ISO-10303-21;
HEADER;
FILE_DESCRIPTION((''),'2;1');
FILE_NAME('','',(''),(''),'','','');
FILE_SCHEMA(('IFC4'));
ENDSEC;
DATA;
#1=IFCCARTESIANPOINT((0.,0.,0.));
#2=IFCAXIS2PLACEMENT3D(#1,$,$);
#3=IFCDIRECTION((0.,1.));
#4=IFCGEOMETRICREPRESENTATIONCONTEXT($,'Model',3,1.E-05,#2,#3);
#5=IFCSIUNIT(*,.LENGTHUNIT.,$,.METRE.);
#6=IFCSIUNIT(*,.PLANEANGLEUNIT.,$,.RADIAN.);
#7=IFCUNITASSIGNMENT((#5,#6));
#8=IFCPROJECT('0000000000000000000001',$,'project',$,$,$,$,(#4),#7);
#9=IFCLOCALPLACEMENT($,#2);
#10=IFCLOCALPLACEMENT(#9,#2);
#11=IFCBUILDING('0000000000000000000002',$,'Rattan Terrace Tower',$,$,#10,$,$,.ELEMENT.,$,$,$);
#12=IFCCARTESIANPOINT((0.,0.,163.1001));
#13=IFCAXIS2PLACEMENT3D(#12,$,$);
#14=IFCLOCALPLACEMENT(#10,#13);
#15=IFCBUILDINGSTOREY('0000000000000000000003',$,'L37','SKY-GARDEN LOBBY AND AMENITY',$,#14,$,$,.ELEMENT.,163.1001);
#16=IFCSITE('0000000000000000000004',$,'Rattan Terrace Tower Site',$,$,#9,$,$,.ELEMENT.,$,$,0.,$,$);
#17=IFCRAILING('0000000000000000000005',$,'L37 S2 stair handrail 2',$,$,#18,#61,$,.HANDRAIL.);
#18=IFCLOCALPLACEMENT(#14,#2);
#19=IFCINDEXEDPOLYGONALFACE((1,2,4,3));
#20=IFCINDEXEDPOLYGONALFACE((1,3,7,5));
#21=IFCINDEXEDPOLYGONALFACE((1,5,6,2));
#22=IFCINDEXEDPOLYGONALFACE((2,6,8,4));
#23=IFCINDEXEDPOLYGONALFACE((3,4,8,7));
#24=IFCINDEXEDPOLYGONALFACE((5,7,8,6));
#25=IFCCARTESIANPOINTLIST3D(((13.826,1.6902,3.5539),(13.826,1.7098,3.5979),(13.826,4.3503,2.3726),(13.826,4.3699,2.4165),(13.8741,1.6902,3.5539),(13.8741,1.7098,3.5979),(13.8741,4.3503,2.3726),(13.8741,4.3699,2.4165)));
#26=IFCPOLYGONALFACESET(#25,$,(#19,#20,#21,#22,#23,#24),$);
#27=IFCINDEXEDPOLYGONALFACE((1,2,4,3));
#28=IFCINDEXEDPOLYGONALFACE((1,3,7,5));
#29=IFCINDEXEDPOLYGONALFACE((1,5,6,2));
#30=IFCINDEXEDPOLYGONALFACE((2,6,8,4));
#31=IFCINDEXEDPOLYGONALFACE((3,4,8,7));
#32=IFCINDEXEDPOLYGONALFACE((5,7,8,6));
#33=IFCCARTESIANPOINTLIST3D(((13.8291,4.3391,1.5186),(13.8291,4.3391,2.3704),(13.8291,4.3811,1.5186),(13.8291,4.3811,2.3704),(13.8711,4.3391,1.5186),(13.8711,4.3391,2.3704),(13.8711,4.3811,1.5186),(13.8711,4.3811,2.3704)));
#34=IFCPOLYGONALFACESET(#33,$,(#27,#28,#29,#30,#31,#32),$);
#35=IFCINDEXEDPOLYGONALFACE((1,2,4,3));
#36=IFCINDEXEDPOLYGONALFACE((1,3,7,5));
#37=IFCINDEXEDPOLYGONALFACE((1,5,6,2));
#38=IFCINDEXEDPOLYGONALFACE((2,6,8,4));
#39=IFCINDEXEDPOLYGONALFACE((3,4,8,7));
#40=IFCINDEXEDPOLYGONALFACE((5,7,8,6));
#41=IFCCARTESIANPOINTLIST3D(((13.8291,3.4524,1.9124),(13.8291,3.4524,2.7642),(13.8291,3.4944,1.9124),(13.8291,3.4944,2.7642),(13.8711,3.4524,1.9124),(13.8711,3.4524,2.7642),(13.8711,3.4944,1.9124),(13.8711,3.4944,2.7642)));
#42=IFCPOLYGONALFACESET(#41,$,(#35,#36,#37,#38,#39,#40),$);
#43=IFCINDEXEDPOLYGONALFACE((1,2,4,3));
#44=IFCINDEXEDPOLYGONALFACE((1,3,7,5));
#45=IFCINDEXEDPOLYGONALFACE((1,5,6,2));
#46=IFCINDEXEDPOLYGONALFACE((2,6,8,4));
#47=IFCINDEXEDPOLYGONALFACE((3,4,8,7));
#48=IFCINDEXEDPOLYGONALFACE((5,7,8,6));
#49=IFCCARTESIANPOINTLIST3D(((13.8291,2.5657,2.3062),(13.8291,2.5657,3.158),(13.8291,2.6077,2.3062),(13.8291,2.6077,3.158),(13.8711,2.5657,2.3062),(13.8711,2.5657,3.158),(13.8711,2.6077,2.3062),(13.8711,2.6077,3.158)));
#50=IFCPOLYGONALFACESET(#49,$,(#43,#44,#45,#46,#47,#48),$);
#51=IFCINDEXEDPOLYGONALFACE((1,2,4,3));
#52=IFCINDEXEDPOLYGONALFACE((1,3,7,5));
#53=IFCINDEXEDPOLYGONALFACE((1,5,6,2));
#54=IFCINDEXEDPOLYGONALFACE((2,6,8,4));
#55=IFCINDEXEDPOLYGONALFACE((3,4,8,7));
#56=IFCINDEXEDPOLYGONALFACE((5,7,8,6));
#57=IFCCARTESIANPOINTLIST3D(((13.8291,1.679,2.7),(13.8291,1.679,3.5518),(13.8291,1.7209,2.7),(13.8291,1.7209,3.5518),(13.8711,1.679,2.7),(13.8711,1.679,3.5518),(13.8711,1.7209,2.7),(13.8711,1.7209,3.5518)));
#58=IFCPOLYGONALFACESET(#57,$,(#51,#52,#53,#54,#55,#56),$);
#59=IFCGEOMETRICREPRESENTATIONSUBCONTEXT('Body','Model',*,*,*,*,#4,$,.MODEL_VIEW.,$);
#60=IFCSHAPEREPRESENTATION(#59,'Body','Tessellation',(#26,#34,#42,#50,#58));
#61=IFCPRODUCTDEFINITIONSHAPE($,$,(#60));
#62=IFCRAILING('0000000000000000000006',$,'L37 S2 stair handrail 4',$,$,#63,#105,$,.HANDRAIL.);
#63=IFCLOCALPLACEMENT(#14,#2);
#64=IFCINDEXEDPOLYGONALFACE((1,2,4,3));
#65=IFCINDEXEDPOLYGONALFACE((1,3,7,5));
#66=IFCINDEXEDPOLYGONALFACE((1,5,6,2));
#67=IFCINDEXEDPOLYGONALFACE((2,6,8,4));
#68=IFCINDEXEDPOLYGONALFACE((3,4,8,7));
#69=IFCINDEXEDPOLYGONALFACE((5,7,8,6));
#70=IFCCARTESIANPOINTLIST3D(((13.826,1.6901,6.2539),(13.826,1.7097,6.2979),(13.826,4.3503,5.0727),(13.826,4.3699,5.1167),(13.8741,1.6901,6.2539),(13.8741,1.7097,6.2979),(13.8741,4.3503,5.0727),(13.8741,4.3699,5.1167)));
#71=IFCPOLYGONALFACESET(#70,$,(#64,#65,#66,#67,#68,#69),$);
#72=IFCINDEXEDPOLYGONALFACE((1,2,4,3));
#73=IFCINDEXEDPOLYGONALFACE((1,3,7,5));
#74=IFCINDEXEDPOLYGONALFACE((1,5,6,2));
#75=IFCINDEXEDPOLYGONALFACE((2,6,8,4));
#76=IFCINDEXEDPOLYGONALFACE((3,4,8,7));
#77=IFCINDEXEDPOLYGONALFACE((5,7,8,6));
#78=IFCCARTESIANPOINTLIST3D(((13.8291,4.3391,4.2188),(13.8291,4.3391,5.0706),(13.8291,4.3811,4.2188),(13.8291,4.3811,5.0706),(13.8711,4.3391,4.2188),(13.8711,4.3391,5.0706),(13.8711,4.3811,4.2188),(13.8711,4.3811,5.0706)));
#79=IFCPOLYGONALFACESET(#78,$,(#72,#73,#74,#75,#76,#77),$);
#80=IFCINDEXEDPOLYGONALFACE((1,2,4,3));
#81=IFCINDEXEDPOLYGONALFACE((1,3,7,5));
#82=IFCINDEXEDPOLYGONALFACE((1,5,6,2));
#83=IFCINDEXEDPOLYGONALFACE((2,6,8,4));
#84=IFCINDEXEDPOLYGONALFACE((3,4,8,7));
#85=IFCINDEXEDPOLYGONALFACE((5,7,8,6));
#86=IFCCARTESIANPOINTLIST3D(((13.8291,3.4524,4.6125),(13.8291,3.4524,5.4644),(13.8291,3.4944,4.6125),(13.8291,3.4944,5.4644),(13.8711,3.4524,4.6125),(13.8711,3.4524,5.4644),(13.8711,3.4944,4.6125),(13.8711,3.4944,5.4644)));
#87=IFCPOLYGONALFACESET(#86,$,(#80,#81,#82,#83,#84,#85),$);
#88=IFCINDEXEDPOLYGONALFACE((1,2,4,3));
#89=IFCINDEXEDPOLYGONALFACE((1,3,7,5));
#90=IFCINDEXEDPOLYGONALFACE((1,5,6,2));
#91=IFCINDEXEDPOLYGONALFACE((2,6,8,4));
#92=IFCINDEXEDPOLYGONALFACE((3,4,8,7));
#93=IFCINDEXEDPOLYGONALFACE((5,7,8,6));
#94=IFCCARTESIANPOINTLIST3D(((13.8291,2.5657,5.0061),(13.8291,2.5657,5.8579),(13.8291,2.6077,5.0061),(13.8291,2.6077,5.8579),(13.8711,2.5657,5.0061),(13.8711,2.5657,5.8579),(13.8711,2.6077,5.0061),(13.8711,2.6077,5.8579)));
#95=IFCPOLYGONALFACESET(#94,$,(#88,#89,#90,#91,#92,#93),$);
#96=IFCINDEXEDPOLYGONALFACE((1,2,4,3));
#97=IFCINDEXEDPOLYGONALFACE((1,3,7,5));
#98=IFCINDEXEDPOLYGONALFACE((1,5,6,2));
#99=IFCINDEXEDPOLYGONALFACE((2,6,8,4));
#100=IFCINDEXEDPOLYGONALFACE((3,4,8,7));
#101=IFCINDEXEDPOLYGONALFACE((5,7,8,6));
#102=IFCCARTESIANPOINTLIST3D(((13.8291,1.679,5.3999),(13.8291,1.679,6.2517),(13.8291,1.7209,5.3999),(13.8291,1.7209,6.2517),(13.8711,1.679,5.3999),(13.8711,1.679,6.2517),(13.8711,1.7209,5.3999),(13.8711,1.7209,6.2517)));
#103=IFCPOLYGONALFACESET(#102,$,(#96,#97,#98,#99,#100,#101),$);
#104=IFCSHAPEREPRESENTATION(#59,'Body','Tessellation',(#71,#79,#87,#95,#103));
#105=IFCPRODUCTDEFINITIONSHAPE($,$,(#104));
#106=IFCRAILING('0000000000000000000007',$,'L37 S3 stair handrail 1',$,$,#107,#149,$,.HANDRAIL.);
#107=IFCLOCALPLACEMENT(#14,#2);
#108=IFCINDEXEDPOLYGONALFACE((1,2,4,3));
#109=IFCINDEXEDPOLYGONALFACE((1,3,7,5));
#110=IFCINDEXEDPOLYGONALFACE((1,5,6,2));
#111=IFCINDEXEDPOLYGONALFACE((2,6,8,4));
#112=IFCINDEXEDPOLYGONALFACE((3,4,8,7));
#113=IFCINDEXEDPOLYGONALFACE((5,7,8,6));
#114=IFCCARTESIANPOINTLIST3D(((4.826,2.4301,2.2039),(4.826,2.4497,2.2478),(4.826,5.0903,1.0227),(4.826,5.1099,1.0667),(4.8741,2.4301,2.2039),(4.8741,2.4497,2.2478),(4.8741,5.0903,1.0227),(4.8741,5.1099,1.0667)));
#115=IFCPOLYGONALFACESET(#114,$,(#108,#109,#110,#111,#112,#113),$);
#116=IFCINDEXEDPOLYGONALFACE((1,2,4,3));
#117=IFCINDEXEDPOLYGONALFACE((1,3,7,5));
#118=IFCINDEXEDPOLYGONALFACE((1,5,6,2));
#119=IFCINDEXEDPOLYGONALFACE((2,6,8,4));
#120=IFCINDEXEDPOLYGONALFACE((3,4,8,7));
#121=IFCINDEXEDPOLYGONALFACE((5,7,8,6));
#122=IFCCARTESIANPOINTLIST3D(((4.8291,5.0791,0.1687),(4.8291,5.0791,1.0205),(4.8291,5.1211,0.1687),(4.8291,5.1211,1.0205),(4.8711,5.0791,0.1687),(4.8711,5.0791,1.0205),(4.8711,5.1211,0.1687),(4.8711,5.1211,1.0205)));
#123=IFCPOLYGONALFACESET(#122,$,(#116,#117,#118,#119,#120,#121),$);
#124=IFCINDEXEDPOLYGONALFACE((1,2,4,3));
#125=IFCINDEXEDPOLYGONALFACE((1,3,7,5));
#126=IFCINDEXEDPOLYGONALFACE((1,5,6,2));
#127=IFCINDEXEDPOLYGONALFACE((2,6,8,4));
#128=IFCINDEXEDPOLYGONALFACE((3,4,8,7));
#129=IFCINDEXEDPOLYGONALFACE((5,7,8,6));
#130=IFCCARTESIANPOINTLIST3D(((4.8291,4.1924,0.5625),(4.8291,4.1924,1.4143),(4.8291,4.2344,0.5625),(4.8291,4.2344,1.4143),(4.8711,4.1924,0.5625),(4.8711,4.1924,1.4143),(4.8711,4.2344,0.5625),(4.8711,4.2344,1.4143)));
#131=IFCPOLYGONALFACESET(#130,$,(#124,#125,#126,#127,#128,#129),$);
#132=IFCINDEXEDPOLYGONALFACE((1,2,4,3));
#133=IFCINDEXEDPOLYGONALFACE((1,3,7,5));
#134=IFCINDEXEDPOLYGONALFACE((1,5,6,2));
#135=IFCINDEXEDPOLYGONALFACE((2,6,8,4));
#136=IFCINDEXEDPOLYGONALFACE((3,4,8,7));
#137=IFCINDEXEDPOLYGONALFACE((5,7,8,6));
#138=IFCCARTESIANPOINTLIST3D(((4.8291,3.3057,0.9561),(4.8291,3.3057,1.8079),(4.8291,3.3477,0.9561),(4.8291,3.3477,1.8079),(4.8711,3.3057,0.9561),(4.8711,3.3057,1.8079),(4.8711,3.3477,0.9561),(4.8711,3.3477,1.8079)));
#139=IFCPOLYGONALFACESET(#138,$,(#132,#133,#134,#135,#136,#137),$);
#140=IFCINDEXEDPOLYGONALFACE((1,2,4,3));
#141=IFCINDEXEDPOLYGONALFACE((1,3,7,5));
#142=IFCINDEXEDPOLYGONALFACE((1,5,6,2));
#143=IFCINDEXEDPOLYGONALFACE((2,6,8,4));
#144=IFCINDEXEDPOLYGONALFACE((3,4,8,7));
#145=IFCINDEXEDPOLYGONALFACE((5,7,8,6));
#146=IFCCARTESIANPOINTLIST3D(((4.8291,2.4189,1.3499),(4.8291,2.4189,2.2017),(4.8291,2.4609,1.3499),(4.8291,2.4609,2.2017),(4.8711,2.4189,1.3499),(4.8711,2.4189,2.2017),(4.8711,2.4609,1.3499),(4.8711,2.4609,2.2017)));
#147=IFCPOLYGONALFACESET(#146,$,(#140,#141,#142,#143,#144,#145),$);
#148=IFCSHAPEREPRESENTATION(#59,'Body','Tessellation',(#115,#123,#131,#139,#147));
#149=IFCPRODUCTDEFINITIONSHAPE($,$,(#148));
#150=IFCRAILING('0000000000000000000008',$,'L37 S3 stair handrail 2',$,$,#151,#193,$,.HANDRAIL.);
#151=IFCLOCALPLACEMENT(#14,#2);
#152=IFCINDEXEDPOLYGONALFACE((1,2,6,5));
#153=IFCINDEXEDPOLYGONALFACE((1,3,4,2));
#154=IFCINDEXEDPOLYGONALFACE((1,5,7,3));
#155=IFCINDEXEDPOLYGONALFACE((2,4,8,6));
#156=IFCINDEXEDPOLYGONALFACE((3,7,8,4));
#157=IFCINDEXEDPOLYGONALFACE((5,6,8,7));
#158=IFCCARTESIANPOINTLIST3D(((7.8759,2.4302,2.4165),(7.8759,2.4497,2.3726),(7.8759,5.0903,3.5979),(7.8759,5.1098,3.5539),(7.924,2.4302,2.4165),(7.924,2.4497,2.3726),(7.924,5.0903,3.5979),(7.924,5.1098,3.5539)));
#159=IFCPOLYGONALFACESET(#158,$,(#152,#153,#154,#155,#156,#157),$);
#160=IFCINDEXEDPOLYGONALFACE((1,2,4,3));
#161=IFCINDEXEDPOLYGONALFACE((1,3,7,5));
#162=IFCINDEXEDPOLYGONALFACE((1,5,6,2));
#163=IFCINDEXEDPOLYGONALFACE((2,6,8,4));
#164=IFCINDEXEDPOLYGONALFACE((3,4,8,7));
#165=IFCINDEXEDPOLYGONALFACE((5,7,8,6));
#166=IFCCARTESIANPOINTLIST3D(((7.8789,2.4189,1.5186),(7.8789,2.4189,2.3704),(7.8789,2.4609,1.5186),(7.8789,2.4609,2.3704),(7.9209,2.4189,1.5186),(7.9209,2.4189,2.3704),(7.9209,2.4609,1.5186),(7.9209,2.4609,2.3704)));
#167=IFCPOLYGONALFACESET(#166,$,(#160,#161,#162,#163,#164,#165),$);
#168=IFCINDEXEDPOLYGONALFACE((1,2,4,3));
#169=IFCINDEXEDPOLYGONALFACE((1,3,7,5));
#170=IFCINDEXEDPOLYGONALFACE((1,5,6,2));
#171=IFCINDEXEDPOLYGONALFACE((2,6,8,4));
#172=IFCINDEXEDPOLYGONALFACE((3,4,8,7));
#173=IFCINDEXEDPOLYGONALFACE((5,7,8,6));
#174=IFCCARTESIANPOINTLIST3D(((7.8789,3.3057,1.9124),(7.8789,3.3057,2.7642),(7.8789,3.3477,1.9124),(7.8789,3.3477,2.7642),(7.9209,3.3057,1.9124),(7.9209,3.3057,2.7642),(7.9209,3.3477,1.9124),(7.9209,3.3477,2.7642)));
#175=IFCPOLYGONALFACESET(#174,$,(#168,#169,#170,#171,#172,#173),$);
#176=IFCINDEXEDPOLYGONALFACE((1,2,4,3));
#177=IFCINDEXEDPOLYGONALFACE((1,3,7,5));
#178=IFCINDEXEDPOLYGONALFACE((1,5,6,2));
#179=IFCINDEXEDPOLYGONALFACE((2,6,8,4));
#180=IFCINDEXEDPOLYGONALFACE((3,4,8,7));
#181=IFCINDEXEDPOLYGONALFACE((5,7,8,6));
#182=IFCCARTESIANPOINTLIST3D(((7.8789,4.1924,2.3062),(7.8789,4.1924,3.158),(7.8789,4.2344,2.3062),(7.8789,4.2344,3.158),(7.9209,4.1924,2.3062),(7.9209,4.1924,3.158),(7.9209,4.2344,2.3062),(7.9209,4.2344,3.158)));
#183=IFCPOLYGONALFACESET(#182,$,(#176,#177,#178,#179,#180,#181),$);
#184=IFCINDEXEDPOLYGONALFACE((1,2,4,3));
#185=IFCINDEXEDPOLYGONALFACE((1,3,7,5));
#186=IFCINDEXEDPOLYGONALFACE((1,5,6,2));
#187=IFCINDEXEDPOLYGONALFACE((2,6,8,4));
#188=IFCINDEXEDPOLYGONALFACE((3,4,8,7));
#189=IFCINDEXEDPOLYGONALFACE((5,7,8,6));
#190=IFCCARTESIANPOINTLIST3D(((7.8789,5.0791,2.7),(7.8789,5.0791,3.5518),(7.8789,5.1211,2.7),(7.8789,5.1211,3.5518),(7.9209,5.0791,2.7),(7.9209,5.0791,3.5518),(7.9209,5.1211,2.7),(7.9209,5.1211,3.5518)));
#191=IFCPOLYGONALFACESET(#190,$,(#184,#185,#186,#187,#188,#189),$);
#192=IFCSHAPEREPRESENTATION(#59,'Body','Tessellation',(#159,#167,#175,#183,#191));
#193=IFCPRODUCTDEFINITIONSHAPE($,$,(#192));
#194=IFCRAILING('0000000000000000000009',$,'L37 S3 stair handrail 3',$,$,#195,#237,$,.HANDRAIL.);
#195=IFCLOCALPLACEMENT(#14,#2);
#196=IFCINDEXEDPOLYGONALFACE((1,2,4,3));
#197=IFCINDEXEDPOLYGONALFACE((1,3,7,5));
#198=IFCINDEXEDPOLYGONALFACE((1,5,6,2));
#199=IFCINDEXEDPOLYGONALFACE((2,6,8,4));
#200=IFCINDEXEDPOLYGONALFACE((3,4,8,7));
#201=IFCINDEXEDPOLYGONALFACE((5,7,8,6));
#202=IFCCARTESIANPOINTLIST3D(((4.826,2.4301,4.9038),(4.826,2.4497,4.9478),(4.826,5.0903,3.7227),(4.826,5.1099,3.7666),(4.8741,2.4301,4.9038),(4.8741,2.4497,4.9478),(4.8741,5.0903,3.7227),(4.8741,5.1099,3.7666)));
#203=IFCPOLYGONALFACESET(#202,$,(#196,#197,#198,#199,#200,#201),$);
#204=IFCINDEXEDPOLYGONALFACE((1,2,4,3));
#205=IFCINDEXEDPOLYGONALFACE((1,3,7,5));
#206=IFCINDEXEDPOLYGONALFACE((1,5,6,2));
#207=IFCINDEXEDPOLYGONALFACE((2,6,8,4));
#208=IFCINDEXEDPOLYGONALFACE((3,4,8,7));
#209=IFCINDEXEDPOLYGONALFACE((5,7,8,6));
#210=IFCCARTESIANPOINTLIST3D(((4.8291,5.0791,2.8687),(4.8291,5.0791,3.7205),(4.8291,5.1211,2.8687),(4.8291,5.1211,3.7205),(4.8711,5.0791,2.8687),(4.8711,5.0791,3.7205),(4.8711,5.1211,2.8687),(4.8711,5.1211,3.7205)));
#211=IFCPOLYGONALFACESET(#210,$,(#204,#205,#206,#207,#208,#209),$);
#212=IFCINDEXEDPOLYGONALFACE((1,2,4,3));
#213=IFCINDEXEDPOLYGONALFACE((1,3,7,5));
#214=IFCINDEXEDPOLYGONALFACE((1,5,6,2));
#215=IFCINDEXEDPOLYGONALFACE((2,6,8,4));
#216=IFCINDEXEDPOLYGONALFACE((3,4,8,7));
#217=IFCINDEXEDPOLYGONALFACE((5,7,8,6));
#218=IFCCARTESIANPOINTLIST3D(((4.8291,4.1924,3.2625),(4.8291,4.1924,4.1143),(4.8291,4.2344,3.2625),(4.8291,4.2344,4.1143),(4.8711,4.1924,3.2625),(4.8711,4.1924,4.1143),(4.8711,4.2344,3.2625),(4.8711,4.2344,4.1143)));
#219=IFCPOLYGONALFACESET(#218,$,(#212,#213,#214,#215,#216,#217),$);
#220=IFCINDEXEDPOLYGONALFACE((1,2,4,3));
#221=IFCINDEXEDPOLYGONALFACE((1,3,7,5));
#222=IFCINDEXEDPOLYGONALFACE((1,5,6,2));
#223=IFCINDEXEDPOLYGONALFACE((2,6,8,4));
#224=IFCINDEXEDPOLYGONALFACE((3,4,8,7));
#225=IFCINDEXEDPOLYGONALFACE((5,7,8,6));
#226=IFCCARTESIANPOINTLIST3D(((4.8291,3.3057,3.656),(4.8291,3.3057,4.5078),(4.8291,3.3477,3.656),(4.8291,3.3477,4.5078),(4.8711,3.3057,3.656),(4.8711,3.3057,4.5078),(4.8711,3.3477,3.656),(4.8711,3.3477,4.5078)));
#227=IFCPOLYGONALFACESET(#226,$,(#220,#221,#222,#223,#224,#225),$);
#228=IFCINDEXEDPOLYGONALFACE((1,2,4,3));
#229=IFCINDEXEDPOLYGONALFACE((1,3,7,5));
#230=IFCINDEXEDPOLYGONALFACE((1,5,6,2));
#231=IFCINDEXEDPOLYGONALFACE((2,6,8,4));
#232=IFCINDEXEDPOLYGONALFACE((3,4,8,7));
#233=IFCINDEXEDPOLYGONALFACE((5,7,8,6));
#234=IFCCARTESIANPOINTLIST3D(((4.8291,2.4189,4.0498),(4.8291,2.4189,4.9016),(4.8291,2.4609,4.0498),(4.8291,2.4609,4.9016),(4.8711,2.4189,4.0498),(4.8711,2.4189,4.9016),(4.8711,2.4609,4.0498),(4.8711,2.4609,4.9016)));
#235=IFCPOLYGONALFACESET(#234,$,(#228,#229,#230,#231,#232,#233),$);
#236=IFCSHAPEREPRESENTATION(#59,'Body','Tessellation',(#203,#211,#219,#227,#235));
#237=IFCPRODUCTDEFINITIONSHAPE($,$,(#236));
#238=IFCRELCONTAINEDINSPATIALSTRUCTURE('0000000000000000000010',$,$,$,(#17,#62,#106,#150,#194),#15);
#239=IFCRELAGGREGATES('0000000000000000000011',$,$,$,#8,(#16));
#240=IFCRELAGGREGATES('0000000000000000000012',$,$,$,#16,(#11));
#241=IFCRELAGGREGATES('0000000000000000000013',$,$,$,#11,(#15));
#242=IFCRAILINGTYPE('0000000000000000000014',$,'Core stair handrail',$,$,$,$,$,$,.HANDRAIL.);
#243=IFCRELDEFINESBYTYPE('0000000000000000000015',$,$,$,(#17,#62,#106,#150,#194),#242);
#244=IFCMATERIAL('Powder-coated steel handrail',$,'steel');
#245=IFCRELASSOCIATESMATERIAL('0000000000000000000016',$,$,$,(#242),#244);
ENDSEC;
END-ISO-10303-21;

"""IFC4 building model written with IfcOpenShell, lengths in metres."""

from ifc_helpers import new_model, si_unit, direction, frame, origin, origin_2d, place, context, subcontext, project, spatial, rectangle, extrude, material, type_object, element, save


model = new_model("IFC4")

# Units and contexts
model_context = context("Model", 3, precision=1e-05, world=origin(), true_north=direction((0.0, 1.0)))
body_context = subcontext(model_context, "Body", "Model", "MODEL_VIEW")
ifc_project = project(units=[si_unit("LENGTHUNIT", "METRE"), si_unit("PLANEANGLEUNIT", "RADIAN")], contexts=[model_context])

# Site, building, storey
site_placement = place(None, origin())
site = spatial("IfcSite", under=ifc_project, at=site_placement, Name="Rattan Terrace Tower Site", CompositionType="ELEMENT", RefElevation=0.0)
building_placement = place(site_placement, origin())
building = spatial("IfcBuilding", under=site, at=building_placement, Name="Rattan Terrace Tower", CompositionType="ELEMENT")
storey_placement = place(building_placement, frame((0.0, 0.0, 163.1001)))
storey = spatial("IfcBuildingStorey", under=building, at=storey_placement, Name="L37", Description="SKY-GARDEN LOBBY AND AMENITY", CompositionType="ELEMENT", Elevation=163.1001)

# Railings
ifc_material_1 = material(Name="Powder-coated steel handrail", Category="steel")
railing_type_1 = type_object("IfcRailingType", Name="Core stair handrail", PredefinedType="HANDRAIL", material=ifc_material_1)
railing_1_placement = place(storey_placement, frame((13.8501, 4.3601, 1.5186)))
element("IfcRailing", 1, at=railing_1_placement, inside=storey, type_object=railing_type_1, Name="L37 S2 stair handrail 2", PredefinedType="HANDRAIL", context=body_context, shape_type="SweptSolid", body=[
    extrude(rectangle(XDim=0.0481, YDim=0.0481, at=origin_2d()), frame((0.0, 0.0, 0.876), z_axis=(0.0, -0.913926, 0.405882), x_axis=(1.0, 0.0, 0.0)), (0.0, 0.0, 1.0), 2.9106),
    extrude(rectangle(XDim=0.042, YDim=0.042, at=origin_2d()), origin(), (0.0, 0.0, 1.0), 0.8518),
    extrude(rectangle(XDim=0.042, YDim=0.042, at=origin_2d()), frame((0.0, -0.8867, 0.3938)), (0.0, 0.0, 1.0), 0.8518),
    extrude(rectangle(XDim=0.042, YDim=0.042, at=origin_2d()), frame((0.0, -1.7734, 0.7876)), (0.0, 0.0, 1.0), 0.8518),
    extrude(rectangle(XDim=0.042, YDim=0.042, at=origin_2d()), frame((0.0, -2.6602, 1.1814)), (0.0, 0.0, 1.0), 0.8518),
])
for number, where, name in (
    (2, (13.8501, 4.3601, 4.2188), "L37 S2 stair handrail 4"),
    (3, (4.8501, 5.1001, 0.1687), "L37 S3 stair handrail 1"),
):
    element("IfcRailing", number, at=place(storey_placement, frame(where)), inside=storey, type_object=railing_type_1, Name=name, PredefinedType="HANDRAIL", context=body_context, shape_type="SweptSolid", body=[
        extrude(rectangle(XDim=0.0481, YDim=0.0481, at=origin_2d()), frame((0.0, 0.0, 0.876), z_axis=(0.0, -0.913957, 0.405812), x_axis=(1.0, 0.0, 0.0)), (0.0, 0.0, 1.0), 2.9106),
        extrude(rectangle(XDim=0.042, YDim=0.042, at=origin_2d()), origin(), (0.0, 0.0, 1.0), 0.8518),
        extrude(rectangle(XDim=0.042, YDim=0.042, at=origin_2d()), frame((0.0, -0.8867, 0.3938)), (0.0, 0.0, 1.0), 0.8518),
        extrude(rectangle(XDim=0.042, YDim=0.042, at=origin_2d()), frame((0.0, -1.7734, 0.7874)), (0.0, 0.0, 1.0), 0.8518),
        extrude(rectangle(XDim=0.042, YDim=0.042, at=origin_2d()), frame((0.0, -2.6602, 1.1812)), (0.0, 0.0, 1.0), 0.8518),
    ])
railing_2_placement = place(storey_placement, frame((7.8999, 2.4399, 1.5186)))
element("IfcRailing", 4, at=railing_2_placement, inside=storey, type_object=railing_type_1, Name="L37 S3 stair handrail 2", PredefinedType="HANDRAIL", context=body_context, shape_type="SweptSolid", body=[
    extrude(rectangle(XDim=0.0481, YDim=0.0481, at=origin_2d()), frame((0.0, 0.0, 0.876), z_axis=(0.0, 0.913926, 0.405882), x_axis=(-1.0, 0.0, 0.0)), (0.0, 0.0, 1.0), 2.9106),
    extrude(rectangle(XDim=0.042, YDim=0.042, at=origin_2d()), origin(), (0.0, 0.0, 1.0), 0.8518),
    extrude(rectangle(XDim=0.042, YDim=0.042, at=origin_2d()), frame((0.0, 0.8867, 0.3938)), (0.0, 0.0, 1.0), 0.8518),
    extrude(rectangle(XDim=0.042, YDim=0.042, at=origin_2d()), frame((0.0, 1.7734, 0.7876)), (0.0, 0.0, 1.0), 0.8518),
    extrude(rectangle(XDim=0.042, YDim=0.042, at=origin_2d()), frame((0.0, 2.6602, 1.1814)), (0.0, 0.0, 1.0), 0.8518),
])
railing_3_placement = place(storey_placement, frame((4.8501, 5.1001, 2.8687)))
element("IfcRailing", 5, at=railing_3_placement, inside=storey, type_object=railing_type_1, Name="L37 S3 stair handrail 3", PredefinedType="HANDRAIL", context=body_context, shape_type="SweptSolid", body=[
    extrude(rectangle(XDim=0.0481, YDim=0.0481, at=origin_2d()), frame((0.0, 0.0, 0.876), z_axis=(0.0, -0.913957, 0.405812), x_axis=(1.0, 0.0, 0.0)), (0.0, 0.0, 1.0), 2.9106),
    extrude(rectangle(XDim=0.042, YDim=0.042, at=origin_2d()), origin(), (0.0, 0.0, 1.0), 0.8518),
    extrude(rectangle(XDim=0.042, YDim=0.042, at=origin_2d()), frame((0.0, -0.8867, 0.3938)), (0.0, 0.0, 1.0), 0.8518),
    extrude(rectangle(XDim=0.042, YDim=0.042, at=origin_2d()), frame((0.0, -1.7734, 0.7874)), (0.0, 0.0, 1.0), 0.8518),
    extrude(rectangle(XDim=0.042, YDim=0.042, at=origin_2d()), frame((0.0, -2.6602, 1.1812)), (0.0, 0.0, 1.0), 0.8518),
])

save(model, "model.ifc")
